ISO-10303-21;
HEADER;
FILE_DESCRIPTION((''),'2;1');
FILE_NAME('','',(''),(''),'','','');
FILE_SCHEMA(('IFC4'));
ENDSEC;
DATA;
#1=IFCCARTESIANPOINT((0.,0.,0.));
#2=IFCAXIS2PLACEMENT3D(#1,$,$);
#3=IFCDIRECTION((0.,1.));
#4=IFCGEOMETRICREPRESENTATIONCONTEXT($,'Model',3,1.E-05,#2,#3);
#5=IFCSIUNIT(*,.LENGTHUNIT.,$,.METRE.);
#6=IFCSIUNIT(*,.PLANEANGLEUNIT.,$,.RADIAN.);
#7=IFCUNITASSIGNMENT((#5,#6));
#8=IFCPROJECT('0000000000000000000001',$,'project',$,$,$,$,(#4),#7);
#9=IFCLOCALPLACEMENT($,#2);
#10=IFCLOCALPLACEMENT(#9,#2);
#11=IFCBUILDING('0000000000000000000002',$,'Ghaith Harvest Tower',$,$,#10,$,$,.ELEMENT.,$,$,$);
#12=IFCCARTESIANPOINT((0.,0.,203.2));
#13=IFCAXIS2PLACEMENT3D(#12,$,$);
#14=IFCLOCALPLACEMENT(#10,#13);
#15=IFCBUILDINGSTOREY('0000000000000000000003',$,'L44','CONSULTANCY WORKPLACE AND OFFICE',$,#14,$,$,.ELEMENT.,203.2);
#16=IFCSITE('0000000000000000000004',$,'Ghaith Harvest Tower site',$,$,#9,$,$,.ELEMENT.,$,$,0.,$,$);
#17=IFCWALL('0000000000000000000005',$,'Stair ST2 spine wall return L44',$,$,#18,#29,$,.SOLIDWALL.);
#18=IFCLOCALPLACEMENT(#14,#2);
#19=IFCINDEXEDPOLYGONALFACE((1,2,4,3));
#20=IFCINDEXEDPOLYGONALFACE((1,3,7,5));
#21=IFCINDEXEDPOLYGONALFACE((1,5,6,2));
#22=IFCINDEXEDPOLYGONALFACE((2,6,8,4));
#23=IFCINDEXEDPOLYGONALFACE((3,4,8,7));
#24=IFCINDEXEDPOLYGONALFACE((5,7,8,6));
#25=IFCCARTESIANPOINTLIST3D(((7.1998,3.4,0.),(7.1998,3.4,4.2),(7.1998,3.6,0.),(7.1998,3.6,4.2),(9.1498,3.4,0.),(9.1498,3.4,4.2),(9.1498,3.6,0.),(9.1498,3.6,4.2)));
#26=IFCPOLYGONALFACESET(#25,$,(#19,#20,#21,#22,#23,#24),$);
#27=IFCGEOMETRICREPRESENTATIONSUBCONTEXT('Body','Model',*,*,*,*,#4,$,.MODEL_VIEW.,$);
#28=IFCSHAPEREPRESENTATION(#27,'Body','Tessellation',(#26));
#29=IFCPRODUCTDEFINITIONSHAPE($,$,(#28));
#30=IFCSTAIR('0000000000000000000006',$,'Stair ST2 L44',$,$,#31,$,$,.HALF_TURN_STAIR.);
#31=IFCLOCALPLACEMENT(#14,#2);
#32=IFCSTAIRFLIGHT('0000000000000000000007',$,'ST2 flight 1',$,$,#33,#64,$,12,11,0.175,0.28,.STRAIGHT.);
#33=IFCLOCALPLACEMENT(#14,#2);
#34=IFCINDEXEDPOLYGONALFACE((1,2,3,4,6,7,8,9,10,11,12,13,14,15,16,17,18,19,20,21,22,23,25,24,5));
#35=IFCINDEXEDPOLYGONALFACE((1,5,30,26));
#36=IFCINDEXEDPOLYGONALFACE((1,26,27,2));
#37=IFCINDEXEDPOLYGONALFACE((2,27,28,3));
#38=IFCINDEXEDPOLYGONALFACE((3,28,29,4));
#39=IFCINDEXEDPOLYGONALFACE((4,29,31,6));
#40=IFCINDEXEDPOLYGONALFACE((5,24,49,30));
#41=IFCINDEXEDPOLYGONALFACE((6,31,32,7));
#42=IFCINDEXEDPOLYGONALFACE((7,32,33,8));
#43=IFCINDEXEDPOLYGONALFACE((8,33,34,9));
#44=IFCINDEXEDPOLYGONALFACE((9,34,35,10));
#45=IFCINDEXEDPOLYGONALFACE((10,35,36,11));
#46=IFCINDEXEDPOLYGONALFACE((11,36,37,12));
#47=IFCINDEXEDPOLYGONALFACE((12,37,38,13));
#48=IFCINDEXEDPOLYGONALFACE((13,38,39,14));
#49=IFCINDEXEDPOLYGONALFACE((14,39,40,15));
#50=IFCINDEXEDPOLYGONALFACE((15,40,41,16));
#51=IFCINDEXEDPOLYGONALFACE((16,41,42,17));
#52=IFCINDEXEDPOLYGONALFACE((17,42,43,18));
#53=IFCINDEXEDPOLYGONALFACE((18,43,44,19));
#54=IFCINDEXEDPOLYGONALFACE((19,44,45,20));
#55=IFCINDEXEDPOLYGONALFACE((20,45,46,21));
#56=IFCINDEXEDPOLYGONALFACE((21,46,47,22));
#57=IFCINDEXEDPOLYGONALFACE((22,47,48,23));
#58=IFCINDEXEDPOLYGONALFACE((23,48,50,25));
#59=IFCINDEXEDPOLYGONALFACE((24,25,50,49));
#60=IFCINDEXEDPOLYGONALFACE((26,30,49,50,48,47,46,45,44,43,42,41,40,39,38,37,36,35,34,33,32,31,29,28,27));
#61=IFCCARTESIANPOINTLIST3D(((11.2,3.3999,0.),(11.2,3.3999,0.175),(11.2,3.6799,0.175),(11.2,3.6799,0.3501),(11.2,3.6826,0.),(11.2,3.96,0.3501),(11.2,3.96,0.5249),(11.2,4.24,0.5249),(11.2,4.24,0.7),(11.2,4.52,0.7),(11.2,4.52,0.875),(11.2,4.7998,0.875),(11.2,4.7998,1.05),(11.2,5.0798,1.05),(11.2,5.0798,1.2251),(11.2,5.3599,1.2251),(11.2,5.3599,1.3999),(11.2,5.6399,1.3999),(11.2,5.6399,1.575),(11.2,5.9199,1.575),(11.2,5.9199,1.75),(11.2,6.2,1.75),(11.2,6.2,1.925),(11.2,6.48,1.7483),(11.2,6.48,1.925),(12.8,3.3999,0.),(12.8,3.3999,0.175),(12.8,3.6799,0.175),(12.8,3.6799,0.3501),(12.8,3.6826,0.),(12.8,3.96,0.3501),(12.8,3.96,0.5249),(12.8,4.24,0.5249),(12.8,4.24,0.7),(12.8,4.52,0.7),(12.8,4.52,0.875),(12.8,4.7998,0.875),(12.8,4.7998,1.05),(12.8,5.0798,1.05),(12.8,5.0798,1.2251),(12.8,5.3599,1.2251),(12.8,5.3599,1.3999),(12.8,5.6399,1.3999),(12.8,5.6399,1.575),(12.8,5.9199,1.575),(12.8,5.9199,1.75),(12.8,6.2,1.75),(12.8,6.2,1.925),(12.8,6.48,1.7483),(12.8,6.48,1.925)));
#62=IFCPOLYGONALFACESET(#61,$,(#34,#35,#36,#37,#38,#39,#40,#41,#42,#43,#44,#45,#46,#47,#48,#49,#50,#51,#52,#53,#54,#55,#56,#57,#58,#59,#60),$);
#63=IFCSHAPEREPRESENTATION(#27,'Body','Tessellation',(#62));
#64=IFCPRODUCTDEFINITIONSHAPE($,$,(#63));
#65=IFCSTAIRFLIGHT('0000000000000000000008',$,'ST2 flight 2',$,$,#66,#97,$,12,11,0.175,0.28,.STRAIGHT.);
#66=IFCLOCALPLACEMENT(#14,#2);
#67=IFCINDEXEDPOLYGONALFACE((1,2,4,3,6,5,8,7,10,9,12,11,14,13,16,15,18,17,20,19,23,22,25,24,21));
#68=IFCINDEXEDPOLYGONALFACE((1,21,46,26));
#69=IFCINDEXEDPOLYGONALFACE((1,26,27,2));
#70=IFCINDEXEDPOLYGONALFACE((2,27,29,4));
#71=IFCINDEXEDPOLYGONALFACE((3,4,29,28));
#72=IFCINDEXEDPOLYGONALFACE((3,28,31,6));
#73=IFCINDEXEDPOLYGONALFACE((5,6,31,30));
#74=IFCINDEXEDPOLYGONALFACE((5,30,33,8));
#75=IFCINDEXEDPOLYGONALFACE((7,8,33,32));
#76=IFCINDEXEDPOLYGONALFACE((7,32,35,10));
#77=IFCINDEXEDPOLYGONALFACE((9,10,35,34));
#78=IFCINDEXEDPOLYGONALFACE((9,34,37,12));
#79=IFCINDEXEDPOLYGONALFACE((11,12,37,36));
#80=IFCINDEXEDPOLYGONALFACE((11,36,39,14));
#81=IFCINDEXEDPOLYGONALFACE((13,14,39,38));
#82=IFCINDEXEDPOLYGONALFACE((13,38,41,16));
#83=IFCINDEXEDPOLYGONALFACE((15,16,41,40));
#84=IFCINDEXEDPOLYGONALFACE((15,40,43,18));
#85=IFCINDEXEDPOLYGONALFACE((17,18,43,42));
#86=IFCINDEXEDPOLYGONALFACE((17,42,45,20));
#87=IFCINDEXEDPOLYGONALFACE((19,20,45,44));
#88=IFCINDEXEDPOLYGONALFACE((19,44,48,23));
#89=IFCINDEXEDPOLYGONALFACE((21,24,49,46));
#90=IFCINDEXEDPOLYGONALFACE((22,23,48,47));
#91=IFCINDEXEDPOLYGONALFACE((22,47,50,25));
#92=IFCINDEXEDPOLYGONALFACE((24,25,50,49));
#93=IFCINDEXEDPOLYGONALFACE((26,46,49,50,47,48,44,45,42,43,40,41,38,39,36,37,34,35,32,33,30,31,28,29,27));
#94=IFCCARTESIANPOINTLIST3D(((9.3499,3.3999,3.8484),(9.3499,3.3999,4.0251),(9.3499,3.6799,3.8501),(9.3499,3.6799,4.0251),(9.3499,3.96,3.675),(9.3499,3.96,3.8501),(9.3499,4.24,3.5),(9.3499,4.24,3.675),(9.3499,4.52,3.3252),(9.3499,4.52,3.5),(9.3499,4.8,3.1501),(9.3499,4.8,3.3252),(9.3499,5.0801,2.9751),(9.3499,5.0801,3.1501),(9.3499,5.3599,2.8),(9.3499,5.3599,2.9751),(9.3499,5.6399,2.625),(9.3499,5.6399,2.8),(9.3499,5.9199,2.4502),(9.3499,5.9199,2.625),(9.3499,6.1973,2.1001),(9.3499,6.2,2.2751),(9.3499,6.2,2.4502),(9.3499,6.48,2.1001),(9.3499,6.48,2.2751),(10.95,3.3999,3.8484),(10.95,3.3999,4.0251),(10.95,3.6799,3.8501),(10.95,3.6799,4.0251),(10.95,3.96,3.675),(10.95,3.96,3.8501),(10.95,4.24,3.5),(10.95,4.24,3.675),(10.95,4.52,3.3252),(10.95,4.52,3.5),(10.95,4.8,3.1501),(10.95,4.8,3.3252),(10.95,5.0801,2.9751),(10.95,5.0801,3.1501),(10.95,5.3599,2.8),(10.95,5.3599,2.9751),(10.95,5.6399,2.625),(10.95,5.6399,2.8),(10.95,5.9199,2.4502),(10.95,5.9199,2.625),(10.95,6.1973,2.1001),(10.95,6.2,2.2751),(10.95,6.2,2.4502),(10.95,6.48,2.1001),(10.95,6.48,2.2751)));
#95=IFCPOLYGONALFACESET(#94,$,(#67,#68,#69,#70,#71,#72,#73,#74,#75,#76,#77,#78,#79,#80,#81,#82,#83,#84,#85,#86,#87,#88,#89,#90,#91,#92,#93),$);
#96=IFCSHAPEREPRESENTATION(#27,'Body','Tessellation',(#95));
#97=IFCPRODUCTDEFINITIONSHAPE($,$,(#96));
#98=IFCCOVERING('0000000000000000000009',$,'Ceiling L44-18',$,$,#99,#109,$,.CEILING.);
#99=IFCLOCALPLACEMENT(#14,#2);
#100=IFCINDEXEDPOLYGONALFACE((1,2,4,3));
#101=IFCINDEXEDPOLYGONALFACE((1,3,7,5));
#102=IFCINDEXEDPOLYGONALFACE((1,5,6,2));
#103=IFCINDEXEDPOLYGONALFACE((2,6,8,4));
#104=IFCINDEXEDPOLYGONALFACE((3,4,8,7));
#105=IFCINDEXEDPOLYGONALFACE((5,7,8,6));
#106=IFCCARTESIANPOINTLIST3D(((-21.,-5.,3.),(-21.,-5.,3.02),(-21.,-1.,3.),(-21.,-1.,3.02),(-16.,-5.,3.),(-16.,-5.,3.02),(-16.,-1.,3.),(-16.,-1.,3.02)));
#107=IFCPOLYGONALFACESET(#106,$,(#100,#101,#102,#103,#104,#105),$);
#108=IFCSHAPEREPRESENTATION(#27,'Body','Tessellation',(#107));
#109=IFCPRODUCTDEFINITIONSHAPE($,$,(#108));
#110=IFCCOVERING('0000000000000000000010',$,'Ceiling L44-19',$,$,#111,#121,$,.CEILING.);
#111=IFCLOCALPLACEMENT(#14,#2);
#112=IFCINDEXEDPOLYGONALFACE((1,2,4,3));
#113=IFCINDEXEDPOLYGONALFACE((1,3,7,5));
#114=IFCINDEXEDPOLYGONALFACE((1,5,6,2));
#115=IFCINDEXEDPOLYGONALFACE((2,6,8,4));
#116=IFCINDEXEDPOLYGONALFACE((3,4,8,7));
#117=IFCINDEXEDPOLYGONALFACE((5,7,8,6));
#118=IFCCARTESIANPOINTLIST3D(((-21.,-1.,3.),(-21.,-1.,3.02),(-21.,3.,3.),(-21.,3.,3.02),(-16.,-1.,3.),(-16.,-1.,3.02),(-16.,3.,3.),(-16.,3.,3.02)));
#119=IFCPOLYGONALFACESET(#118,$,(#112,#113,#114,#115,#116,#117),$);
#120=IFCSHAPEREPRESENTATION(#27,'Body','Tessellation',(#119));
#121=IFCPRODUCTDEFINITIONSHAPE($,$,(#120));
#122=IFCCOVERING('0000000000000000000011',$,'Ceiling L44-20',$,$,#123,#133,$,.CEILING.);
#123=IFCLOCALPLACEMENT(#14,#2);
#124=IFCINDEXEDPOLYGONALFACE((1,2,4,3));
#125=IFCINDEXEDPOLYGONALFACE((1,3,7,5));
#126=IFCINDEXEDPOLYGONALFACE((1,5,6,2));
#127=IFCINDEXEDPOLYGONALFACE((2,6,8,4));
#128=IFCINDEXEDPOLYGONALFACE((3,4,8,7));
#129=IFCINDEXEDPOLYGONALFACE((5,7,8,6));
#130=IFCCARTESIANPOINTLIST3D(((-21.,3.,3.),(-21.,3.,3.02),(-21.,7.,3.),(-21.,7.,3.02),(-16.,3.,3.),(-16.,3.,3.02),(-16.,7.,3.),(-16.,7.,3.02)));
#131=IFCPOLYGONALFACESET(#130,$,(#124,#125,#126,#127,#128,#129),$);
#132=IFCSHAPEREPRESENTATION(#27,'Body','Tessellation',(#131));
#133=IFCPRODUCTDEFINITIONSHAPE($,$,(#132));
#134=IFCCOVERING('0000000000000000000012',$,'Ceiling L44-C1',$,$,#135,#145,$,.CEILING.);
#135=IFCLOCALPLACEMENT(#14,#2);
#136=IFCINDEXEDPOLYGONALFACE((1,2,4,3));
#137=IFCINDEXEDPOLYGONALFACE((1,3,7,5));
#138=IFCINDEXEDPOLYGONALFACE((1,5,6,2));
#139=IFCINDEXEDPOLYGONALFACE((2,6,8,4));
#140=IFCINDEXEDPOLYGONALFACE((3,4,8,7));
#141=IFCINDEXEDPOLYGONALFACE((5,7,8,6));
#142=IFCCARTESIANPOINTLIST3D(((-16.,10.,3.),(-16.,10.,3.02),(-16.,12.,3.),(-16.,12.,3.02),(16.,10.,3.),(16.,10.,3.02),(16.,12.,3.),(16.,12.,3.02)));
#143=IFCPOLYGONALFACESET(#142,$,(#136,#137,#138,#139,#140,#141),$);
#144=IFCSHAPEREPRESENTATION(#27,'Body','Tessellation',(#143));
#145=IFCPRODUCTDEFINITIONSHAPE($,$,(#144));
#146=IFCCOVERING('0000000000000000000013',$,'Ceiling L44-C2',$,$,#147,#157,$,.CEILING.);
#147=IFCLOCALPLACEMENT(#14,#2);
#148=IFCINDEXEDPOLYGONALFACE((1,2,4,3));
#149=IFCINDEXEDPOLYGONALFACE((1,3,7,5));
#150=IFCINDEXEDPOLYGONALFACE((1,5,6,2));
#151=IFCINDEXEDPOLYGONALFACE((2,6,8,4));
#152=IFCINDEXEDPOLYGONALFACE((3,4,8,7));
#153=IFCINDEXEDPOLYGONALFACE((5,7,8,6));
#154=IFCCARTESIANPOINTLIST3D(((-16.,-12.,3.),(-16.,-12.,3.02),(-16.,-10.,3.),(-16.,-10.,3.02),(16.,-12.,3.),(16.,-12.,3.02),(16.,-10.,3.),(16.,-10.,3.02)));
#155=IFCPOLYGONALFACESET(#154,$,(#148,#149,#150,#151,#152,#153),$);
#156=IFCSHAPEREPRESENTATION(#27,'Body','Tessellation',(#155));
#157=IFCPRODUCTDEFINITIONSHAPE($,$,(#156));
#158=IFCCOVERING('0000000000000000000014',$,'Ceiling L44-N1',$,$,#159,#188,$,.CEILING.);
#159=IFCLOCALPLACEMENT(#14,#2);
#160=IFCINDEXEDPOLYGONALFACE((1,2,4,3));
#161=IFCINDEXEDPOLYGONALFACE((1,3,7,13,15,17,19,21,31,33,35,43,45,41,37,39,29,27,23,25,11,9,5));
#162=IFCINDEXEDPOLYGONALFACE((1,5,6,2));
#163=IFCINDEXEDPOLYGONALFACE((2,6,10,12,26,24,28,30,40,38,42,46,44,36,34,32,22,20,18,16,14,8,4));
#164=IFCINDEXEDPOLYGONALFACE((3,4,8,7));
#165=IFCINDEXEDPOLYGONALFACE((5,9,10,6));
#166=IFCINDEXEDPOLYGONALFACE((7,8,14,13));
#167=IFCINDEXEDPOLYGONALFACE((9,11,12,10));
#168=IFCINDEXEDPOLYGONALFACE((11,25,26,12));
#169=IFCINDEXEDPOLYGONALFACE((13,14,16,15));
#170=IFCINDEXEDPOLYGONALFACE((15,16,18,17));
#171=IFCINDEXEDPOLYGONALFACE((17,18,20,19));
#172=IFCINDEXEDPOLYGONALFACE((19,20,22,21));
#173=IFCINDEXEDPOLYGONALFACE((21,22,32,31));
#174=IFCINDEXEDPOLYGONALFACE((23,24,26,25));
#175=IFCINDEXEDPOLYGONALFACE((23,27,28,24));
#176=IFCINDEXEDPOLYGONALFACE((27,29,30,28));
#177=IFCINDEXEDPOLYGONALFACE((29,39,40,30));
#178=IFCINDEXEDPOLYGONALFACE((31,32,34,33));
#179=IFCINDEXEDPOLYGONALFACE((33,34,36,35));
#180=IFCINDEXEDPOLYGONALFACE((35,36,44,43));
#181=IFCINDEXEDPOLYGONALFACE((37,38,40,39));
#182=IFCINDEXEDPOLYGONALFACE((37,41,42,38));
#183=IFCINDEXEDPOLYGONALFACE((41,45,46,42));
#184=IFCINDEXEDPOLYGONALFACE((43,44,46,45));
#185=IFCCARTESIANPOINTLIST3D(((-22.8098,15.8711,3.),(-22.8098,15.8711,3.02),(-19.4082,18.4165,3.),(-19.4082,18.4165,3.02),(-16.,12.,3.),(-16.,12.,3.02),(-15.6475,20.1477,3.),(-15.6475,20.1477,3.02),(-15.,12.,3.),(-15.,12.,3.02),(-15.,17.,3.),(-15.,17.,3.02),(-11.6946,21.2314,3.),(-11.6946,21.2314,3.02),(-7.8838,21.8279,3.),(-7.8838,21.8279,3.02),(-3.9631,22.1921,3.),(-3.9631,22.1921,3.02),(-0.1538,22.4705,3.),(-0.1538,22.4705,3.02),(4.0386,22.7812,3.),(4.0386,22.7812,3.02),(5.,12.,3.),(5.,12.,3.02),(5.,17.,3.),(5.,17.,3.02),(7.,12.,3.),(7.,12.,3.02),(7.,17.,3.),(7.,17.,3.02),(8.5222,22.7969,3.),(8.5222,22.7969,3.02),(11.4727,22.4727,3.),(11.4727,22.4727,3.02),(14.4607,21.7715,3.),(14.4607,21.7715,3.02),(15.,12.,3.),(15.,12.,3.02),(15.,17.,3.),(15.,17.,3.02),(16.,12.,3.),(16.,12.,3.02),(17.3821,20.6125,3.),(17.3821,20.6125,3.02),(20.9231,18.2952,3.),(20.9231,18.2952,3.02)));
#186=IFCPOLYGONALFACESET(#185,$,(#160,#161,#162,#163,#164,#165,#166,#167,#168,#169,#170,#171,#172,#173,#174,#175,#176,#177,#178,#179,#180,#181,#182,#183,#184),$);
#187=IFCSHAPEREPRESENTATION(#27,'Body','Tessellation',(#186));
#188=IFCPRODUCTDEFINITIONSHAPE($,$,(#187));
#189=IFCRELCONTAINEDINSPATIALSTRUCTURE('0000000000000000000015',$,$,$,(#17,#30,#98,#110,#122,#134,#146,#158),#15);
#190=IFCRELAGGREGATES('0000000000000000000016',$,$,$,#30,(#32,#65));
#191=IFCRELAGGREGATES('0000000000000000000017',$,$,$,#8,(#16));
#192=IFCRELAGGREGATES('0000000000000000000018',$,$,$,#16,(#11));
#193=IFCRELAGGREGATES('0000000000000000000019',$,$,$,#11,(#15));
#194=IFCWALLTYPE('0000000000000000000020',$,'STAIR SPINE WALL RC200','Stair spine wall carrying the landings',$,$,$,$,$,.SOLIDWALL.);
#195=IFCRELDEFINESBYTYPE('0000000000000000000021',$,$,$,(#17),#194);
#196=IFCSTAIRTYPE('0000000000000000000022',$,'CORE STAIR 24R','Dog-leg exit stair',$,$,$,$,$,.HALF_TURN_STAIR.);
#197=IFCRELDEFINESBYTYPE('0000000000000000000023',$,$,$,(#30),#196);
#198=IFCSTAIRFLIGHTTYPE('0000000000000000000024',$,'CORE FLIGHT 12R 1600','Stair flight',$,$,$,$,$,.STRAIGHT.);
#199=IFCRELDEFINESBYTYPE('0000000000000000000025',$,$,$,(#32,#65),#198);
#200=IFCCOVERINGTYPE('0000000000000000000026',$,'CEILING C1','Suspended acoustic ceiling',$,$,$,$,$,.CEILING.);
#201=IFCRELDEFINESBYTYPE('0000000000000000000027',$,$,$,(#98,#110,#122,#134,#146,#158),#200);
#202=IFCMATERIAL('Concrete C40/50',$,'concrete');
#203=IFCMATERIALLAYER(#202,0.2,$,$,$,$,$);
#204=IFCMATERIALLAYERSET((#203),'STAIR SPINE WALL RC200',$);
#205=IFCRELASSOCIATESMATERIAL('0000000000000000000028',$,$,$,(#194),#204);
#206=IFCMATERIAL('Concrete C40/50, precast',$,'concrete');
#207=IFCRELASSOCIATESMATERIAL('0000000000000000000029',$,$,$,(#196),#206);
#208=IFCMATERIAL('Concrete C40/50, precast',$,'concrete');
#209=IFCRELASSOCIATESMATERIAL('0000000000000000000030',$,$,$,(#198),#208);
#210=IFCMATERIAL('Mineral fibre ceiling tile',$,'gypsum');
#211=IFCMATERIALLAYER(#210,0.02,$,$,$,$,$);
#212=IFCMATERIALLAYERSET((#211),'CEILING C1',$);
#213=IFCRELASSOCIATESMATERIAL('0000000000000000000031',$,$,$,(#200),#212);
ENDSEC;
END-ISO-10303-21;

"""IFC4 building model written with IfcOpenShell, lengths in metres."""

from ifc_helpers import new_model, si_unit, direction, frame, frame_2d, origin, place, context, subcontext, project, spatial, polyline, rectangle, outline, extrude, material, layer, layer_set, type_object, element, aggregate, save


model = new_model("IFC4")

# Units and contexts
model_context = context("Model", 3, precision=1e-05, world=origin(), true_north=direction((0.0, 1.0)))
body_context = subcontext(model_context, "Body", "Model", "MODEL_VIEW")
ifc_project = project(units=[si_unit("LENGTHUNIT", "METRE"), si_unit("PLANEANGLEUNIT", "RADIAN")], contexts=[model_context])

# Site, building, storey
site_placement = place(None, origin())
site = spatial("IfcSite", under=ifc_project, at=site_placement, Name="Ghaith Harvest Tower site", CompositionType="ELEMENT", RefElevation=0.0)
building_placement = place(site_placement, origin())
building = spatial("IfcBuilding", under=site, at=building_placement, Name="Ghaith Harvest Tower", CompositionType="ELEMENT")
storey_placement = place(building_placement, frame((0.0, 0.0, 203.2)))
storey = spatial("IfcBuildingStorey", under=building, at=storey_placement, Name="L44", Description="CONSULTANCY WORKPLACE AND OFFICE", CompositionType="ELEMENT", Elevation=203.2)

# Wall
ifc_material_1 = material(Name="Concrete C40/50", Category="concrete")
ifc_layer_1 = layer(ifc_material_1, 0.2)
ifc_layer_set_1 = layer_set([ifc_layer_1], Name="STAIR SPINE WALL RC200")
wall_type_1 = type_object("IfcWallType", Name="STAIR SPINE WALL RC200", Description="Stair spine wall carrying the landings", PredefinedType="SOLIDWALL", material=ifc_layer_set_1)
wall_1_placement = place(storey_placement, frame((9.1499, 3.5, 0.0), z_axis=(0.0, 0.0, 1.0), x_axis=(-1.0, 0.0, 0.0)))
element("IfcWall", 1, at=wall_1_placement, inside=storey, type_object=wall_type_1, Name="Stair ST2 spine wall return L44", PredefinedType="SOLIDWALL", context=body_context, shape_type="SweptSolid", body=[
    extrude(rectangle(XDim=1.95, YDim=0.2, at=frame_2d((0.9751, 0.0))), origin(), (0.0, 0.0, 1.0), 4.2),
])

# Stair, stair flights
ifc_material_2 = material(Name="Concrete C40/50, precast", Category="concrete")
stair_type = type_object("IfcStairType", Name="CORE STAIR 24R", Description="Dog-leg exit stair", PredefinedType="HALF_TURN_STAIR", material=ifc_material_2)
stair_placement = place(storey_placement, origin())
stair = element("IfcStair", 2, at=stair_placement, inside=storey, type_object=stair_type, Name="Stair ST2 L44", PredefinedType="HALF_TURN_STAIR")
ifc_material_3 = material(Name="Concrete C40/50, precast", Category="concrete")
stair_flight_type = type_object("IfcStairFlightType", Name="CORE FLIGHT 12R 1600", Description="Stair flight", PredefinedType="STRAIGHT", material=ifc_material_3)
stair_flight_1_placement = place(storey_placement, frame((12.0, 3.3999, 0.0), z_axis=(0.0, 0.0, 1.0), x_axis=(0.0, 1.0, 0.0)))
stair_flight_1 = element("IfcStairFlight", 3, at=stair_flight_1_placement, type_object=stair_flight_type, Name="ST2 flight 1", NumberOfRisers=12, NumberOfTreads=11, PredefinedType="STRAIGHT", RiserHeight=0.175, TreadLength=0.28, context=body_context, shape_type="SweptSolid", body=[
    extrude(outline(polyline([(0.0, 0.0), (0.0, 0.175), (0.28, 0.175), (0.28, 0.3501), (0.5601, 0.3501), (0.5601, 0.5249), (0.8401, 0.5249), (0.8401, 0.7), (1.1201, 0.7), (1.1201, 0.875), (1.3999, 0.875), (1.3999, 1.05), (1.6799, 1.05), (1.6799, 1.2251), (1.96, 1.2251), (1.96, 1.3999), (2.24, 1.3999), (2.24, 1.575), (2.52, 1.575), (2.52, 1.75), (2.8, 1.75), (2.8, 1.925), (3.0801, 1.925), (3.0801, 2.1001), (3.0801, 1.7483), (0.2827, 0.0), (0.0, 0.0)])), frame((0.0, 0.8, 0.0), z_axis=(0.0, -1.0, 0.0), x_axis=(1.0, 0.0, 0.0)), (0.0, 0.0, 1.0), 1.6001),
])
stair_flight_2_placement = place(storey_placement, frame((10.1499, 6.48, 2.1001), z_axis=(0.0, 0.0, 1.0), x_axis=(0.0, -1.0, 0.0)))
stair_flight_2 = element("IfcStairFlight", 4, at=stair_flight_2_placement, type_object=stair_flight_type, Name="ST2 flight 2", NumberOfRisers=12, NumberOfTreads=11, PredefinedType="STRAIGHT", RiserHeight=0.175, TreadLength=0.28, context=body_context, shape_type="SweptSolid", body=[
    extrude(outline(polyline([(0.0, 0.0), (0.0, 0.175), (0.28, 0.175), (0.28, 0.3501), (0.5601, 0.3501), (0.5601, 0.5249), (0.8401, 0.5249), (0.8401, 0.7), (1.1201, 0.7), (1.1201, 0.875), (1.3999, 0.875), (1.3999, 1.05), (1.6799, 1.05), (1.6799, 1.2251), (1.96, 1.2251), (1.96, 1.3999), (2.24, 1.3999), (2.24, 1.575), (2.52, 1.575), (2.52, 1.75), (2.8, 1.75), (2.8, 1.925), (3.0801, 1.925), (3.0801, 2.1001), (3.0801, 1.7483), (0.2827, 0.0), (0.0, 0.0)])), frame((0.0, 0.8, 0.0), z_axis=(0.0, -1.0, 0.0), x_axis=(1.0, 0.0, 0.0)), (0.0, 0.0, 1.0), 1.6001),
])
aggregate(stair, [stair_flight_1, stair_flight_2])

# Coverings
ifc_material_4 = material(Name="Mineral fibre ceiling tile", Category="gypsum")
ifc_layer_2 = layer(ifc_material_4, 0.02)
ifc_layer_set_2 = layer_set([ifc_layer_2], Name="CEILING C1")
covering_type = type_object("IfcCoveringType", Name="CEILING C1", Description="Suspended acoustic ceiling", PredefinedType="CEILING", material=ifc_layer_set_2)
covering_1_placement = place(storey_placement, frame((0.0, 0.0, 3.0)))
element("IfcCovering", 5, at=covering_1_placement, inside=storey, type_object=covering_type, Name="Ceiling L44-18", PredefinedType="CEILING", context=body_context, shape_type="SweptSolid", body=[
    extrude(outline(polyline([(-21.0, -5.0), (-16.0, -5.0), (-16.0, -1.0), (-21.0, -1.0), (-21.0, -5.0)])), origin(), (0.0, 0.0, 1.0), 0.02),
])
covering_2_placement = place(storey_placement, frame((0.0, 0.0, 3.0)))
element("IfcCovering", 6, at=covering_2_placement, inside=storey, type_object=covering_type, Name="Ceiling L44-19", PredefinedType="CEILING", context=body_context, shape_type="SweptSolid", body=[
    extrude(outline(polyline([(-21.0, -1.0), (-16.0, -1.0), (-16.0, 3.0), (-21.0, 3.0), (-21.0, -1.0)])), origin(), (0.0, 0.0, 1.0), 0.02),
])
covering_3_placement = place(storey_placement, frame((0.0, 0.0, 3.0)))
element("IfcCovering", 7, at=covering_3_placement, inside=storey, type_object=covering_type, Name="Ceiling L44-20", PredefinedType="CEILING", context=body_context, shape_type="SweptSolid", body=[
    extrude(outline(polyline([(-21.0, 3.0), (-16.0, 3.0), (-16.0, 7.0), (-21.0, 7.0), (-21.0, 3.0)])), origin(), (0.0, 0.0, 1.0), 0.02),
])
covering_4_placement = place(storey_placement, frame((0.0, 0.0, 3.0)))
element("IfcCovering", 8, at=covering_4_placement, inside=storey, type_object=covering_type, Name="Ceiling L44-C1", PredefinedType="CEILING", context=body_context, shape_type="SweptSolid", body=[
    extrude(outline(polyline([(16.0, 10.0), (-16.0, 10.0), (-16.0, 12.0), (16.0, 12.0), (16.0, 10.0)])), origin(), (0.0, 0.0, 1.0), 0.02),
])
covering_5_placement = place(storey_placement, frame((0.0, 0.0, 3.0)))
element("IfcCovering", 9, at=covering_5_placement, inside=storey, type_object=covering_type, Name="Ceiling L44-C2", PredefinedType="CEILING", context=body_context, shape_type="SweptSolid", body=[
    extrude(outline(polyline([(-16.0, -10.0), (16.0, -10.0), (16.0, -12.0), (-16.0, -12.0), (-16.0, -10.0)])), origin(), (0.0, 0.0, 1.0), 0.02),
])
covering_6_placement = place(storey_placement, frame((0.0, 0.0, 3.0)))
element("IfcCovering", 10, at=covering_6_placement, inside=storey, type_object=covering_type, Name="Ceiling L44-N1", PredefinedType="CEILING", context=body_context, shape_type="SweptSolid", body=[
    extrude(outline(polyline([(-19.4082, 18.4165), (-15.6475, 20.1477), (-11.6946, 21.2314), (-7.8838, 21.8279), (-3.9631, 22.1921), (-0.1538, 22.4705), (4.0386, 22.7812), (8.5222, 22.7969), (11.4727, 22.4727), (14.4607, 21.7715), (17.3821, 20.6125), (20.9231, 18.2952), (16.0, 12.0), (15.0, 12.0), (15.0, 17.0), (7.0, 17.0), (7.0, 12.0), (5.0, 12.0), (5.0, 17.0), (-15.0, 17.0), (-15.0, 12.0), (-16.0, 12.0), (-22.8098, 15.8711), (-19.4082, 18.4165)])), origin(), (0.0, 0.0, 1.0), 0.02),
])

save(model, "model.ifc")
